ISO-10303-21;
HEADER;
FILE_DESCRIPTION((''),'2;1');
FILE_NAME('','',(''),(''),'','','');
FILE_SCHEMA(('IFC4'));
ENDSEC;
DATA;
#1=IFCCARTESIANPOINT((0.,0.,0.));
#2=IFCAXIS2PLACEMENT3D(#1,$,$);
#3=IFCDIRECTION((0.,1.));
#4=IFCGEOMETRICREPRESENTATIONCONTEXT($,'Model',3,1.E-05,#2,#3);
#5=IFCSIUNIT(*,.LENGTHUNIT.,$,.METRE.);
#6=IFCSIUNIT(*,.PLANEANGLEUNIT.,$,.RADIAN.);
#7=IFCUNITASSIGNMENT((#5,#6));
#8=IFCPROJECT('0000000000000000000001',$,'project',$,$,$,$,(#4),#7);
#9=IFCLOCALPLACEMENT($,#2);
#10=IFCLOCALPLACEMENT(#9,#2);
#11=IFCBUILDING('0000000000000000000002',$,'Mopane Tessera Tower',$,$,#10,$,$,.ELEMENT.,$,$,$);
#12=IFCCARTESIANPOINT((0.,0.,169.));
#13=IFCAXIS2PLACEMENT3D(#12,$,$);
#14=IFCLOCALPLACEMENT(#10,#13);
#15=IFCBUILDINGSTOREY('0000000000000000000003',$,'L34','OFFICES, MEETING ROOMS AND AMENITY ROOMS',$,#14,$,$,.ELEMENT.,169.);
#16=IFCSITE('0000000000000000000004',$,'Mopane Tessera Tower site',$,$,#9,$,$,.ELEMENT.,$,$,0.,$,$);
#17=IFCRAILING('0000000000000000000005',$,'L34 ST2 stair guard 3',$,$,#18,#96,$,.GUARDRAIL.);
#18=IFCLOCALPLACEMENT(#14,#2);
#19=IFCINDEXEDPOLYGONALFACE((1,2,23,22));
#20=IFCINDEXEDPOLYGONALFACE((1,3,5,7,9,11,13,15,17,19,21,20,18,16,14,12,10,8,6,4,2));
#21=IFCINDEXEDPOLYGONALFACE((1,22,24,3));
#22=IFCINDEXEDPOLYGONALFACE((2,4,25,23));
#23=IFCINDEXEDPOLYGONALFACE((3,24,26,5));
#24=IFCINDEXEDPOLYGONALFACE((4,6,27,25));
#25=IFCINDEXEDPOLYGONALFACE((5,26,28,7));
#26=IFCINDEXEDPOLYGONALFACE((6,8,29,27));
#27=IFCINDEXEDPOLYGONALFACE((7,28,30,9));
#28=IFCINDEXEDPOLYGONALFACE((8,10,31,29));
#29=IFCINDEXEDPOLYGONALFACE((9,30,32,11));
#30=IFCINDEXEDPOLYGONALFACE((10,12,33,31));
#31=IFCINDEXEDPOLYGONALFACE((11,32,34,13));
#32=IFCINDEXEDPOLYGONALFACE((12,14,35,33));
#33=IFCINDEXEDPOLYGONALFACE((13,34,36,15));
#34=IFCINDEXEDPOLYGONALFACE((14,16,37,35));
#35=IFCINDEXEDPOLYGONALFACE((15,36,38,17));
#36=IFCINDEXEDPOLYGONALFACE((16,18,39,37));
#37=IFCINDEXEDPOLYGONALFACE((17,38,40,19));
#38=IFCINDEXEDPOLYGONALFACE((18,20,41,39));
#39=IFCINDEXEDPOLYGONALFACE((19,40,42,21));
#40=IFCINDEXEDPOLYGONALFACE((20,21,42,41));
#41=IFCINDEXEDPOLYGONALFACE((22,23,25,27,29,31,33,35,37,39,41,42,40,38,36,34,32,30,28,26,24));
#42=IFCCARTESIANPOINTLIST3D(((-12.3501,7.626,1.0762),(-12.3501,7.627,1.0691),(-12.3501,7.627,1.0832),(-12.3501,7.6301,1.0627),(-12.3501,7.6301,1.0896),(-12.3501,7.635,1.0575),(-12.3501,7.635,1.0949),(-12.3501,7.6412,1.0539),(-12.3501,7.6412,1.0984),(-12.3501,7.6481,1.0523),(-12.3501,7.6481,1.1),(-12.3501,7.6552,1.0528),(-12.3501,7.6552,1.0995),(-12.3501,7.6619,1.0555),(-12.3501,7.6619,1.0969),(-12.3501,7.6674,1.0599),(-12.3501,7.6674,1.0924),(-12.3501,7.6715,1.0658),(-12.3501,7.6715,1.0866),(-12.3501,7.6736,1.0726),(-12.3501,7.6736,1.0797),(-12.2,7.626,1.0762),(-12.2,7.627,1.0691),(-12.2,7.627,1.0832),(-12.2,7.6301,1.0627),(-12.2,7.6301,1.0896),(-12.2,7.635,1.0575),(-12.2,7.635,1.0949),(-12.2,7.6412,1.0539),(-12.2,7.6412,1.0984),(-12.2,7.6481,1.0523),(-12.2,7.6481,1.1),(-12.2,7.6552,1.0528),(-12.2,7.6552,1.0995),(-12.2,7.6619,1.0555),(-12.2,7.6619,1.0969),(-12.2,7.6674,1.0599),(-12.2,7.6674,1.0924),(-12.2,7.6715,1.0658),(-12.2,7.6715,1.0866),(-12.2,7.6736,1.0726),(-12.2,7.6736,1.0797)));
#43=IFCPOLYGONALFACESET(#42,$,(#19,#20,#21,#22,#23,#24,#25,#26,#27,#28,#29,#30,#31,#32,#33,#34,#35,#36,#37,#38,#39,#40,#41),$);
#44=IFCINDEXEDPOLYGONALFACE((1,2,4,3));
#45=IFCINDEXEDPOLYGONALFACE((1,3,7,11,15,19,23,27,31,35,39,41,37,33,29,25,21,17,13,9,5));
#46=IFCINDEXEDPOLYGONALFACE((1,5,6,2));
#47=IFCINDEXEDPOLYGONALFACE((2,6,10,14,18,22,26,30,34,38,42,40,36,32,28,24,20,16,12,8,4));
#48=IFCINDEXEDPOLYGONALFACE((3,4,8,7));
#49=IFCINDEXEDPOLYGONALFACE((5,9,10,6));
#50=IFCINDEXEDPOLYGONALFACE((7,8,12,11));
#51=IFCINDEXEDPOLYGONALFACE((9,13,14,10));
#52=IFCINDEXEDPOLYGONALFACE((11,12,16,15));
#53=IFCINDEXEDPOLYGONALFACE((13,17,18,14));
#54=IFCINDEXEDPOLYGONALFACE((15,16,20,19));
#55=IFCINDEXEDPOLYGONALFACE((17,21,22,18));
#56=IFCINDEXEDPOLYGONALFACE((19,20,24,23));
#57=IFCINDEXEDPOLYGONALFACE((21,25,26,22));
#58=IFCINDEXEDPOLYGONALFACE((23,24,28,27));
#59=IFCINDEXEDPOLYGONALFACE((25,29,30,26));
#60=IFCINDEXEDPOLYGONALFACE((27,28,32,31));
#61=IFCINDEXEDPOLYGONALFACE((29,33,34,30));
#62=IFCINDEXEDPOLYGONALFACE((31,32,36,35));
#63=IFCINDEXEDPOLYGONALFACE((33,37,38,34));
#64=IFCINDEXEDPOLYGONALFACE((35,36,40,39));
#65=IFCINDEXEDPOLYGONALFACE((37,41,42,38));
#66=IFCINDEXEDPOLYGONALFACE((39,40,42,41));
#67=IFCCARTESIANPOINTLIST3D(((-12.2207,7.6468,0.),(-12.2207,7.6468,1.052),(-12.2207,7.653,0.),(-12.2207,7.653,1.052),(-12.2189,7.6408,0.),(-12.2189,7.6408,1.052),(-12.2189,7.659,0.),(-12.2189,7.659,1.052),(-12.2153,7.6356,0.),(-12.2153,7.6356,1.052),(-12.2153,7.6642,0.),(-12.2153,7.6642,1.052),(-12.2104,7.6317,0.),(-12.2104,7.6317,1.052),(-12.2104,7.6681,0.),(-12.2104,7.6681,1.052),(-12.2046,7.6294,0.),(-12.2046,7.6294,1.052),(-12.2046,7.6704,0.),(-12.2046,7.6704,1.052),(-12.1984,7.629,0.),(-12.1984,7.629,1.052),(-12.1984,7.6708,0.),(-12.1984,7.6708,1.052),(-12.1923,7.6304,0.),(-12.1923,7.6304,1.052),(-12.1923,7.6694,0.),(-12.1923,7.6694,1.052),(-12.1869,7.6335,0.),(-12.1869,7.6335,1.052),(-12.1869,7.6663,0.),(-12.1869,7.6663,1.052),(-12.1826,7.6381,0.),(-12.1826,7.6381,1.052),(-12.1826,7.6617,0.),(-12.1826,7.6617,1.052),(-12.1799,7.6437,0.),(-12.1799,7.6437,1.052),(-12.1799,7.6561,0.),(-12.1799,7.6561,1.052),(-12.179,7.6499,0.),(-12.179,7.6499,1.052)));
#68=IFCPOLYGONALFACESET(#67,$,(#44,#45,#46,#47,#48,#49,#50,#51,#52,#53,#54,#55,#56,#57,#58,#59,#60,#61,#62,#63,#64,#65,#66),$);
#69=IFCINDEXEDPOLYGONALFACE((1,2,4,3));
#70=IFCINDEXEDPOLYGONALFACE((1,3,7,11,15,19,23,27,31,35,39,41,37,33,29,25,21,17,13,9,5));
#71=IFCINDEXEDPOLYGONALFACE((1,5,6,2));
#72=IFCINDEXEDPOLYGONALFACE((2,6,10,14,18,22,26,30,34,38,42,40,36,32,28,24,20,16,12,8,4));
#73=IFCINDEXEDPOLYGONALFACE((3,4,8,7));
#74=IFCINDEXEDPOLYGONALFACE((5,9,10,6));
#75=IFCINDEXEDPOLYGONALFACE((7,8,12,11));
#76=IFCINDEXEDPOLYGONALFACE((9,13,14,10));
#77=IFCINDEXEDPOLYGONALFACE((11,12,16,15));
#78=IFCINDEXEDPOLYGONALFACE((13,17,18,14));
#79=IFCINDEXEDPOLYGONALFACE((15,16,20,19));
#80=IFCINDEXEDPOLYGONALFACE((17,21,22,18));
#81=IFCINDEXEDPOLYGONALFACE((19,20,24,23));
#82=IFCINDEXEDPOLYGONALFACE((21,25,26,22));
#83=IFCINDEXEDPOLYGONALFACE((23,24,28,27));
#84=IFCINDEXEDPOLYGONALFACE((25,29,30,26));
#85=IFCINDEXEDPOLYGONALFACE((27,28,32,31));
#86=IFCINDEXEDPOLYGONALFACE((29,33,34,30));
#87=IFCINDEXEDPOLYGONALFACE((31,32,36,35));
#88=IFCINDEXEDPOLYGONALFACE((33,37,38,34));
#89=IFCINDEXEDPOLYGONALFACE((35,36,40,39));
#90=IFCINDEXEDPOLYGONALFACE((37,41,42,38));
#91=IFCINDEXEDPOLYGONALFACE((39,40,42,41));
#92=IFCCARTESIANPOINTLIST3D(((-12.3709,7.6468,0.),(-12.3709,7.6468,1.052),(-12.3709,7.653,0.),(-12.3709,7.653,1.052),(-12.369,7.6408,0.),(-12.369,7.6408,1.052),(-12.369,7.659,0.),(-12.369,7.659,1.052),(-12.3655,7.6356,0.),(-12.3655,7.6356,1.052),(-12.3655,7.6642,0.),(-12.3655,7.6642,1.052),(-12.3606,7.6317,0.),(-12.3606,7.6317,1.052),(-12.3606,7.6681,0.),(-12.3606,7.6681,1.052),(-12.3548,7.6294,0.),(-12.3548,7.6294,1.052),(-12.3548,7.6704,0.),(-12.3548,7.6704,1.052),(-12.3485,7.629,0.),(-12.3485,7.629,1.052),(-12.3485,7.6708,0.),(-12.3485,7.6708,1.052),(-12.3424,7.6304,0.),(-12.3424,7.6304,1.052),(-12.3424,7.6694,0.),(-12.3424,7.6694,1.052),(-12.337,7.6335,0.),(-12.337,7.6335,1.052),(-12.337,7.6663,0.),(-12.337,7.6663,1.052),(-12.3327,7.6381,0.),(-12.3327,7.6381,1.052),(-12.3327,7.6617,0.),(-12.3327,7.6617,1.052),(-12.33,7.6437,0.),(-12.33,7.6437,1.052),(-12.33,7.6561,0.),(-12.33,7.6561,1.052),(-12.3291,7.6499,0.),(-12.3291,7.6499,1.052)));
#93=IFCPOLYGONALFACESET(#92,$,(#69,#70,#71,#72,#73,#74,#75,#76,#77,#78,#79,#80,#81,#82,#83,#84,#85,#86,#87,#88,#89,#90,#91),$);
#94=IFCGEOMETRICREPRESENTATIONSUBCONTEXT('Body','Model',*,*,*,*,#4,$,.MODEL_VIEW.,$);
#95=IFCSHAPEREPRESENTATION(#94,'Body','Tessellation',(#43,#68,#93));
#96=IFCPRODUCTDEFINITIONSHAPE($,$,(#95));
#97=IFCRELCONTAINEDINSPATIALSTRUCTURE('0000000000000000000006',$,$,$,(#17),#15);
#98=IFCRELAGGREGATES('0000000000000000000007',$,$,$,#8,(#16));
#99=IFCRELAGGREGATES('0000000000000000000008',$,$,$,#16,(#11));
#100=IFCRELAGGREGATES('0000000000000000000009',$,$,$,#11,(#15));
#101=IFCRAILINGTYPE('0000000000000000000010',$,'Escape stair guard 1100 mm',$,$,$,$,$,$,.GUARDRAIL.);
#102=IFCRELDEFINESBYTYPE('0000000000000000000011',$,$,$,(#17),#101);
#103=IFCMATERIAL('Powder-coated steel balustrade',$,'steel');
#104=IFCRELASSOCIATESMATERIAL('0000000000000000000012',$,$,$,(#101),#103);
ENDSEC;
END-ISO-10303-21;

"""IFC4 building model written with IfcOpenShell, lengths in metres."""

from ifc_helpers import new_model, si_unit, direction, frame, origin, origin_2d, place, context, subcontext, project, spatial, circle, extrude, material, type_object, element, save


model = new_model("IFC4")

# Units and contexts
model_context = context("Model", 3, precision=1e-05, world=origin(), true_north=direction((0.0, 1.0)))
body_context = subcontext(model_context, "Body", "Model", "MODEL_VIEW")
ifc_project = project(units=[si_unit("LENGTHUNIT", "METRE"), si_unit("PLANEANGLEUNIT", "RADIAN")], contexts=[model_context])

# Site, building, storey
site_placement = place(None, origin())
site = spatial("IfcSite", under=ifc_project, at=site_placement, Name="Mopane Tessera Tower site", CompositionType="ELEMENT", RefElevation=0.0)
building_placement = place(site_placement, origin())
building = spatial("IfcBuilding", under=site, at=building_placement, Name="Mopane Tessera Tower", CompositionType="ELEMENT")
storey_placement = place(building_placement, frame((0.0, 0.0, 169.0)))
storey = spatial("IfcBuildingStorey", under=building, at=storey_placement, Name="L34", Description="OFFICES, MEETING ROOMS AND AMENITY ROOMS", CompositionType="ELEMENT", Elevation=169.0)

# Railing
ifc_material_1 = material(Name="Powder-coated steel balustrade", Category="steel")
railing_type_1 = type_object("IfcRailingType", Name="Escape stair guard 1100 mm", PredefinedType="GUARDRAIL", material=ifc_material_1)
railing_1_placement = place(storey_placement, frame((-12.2, 7.6499, 0.0)))
element("IfcRailing", 1, at=railing_1_placement, inside=storey, type_object=railing_type_1, Name="L34 ST2 stair guard 3", PredefinedType="GUARDRAIL", context=body_context, shape_type="SweptSolid", body=[
    extrude(circle(Radius=0.0239, at=origin_2d()), frame((0.0, 0.0, 1.0762), z_axis=(-1.0, 0.0, 0.0), x_axis=(0.0, -1.0, 0.0)), (0.0, 0.0, 1.0), 0.1501),
    extrude(circle(Radius=0.021, at=origin_2d()), origin(), (0.0, 0.0, 1.0), 1.052),
    extrude(circle(Radius=0.021, at=origin_2d()), frame((-0.1501, 0.0, 0.0)), (0.0, 0.0, 1.0), 1.052),
])

save(model, "model.ifc")
